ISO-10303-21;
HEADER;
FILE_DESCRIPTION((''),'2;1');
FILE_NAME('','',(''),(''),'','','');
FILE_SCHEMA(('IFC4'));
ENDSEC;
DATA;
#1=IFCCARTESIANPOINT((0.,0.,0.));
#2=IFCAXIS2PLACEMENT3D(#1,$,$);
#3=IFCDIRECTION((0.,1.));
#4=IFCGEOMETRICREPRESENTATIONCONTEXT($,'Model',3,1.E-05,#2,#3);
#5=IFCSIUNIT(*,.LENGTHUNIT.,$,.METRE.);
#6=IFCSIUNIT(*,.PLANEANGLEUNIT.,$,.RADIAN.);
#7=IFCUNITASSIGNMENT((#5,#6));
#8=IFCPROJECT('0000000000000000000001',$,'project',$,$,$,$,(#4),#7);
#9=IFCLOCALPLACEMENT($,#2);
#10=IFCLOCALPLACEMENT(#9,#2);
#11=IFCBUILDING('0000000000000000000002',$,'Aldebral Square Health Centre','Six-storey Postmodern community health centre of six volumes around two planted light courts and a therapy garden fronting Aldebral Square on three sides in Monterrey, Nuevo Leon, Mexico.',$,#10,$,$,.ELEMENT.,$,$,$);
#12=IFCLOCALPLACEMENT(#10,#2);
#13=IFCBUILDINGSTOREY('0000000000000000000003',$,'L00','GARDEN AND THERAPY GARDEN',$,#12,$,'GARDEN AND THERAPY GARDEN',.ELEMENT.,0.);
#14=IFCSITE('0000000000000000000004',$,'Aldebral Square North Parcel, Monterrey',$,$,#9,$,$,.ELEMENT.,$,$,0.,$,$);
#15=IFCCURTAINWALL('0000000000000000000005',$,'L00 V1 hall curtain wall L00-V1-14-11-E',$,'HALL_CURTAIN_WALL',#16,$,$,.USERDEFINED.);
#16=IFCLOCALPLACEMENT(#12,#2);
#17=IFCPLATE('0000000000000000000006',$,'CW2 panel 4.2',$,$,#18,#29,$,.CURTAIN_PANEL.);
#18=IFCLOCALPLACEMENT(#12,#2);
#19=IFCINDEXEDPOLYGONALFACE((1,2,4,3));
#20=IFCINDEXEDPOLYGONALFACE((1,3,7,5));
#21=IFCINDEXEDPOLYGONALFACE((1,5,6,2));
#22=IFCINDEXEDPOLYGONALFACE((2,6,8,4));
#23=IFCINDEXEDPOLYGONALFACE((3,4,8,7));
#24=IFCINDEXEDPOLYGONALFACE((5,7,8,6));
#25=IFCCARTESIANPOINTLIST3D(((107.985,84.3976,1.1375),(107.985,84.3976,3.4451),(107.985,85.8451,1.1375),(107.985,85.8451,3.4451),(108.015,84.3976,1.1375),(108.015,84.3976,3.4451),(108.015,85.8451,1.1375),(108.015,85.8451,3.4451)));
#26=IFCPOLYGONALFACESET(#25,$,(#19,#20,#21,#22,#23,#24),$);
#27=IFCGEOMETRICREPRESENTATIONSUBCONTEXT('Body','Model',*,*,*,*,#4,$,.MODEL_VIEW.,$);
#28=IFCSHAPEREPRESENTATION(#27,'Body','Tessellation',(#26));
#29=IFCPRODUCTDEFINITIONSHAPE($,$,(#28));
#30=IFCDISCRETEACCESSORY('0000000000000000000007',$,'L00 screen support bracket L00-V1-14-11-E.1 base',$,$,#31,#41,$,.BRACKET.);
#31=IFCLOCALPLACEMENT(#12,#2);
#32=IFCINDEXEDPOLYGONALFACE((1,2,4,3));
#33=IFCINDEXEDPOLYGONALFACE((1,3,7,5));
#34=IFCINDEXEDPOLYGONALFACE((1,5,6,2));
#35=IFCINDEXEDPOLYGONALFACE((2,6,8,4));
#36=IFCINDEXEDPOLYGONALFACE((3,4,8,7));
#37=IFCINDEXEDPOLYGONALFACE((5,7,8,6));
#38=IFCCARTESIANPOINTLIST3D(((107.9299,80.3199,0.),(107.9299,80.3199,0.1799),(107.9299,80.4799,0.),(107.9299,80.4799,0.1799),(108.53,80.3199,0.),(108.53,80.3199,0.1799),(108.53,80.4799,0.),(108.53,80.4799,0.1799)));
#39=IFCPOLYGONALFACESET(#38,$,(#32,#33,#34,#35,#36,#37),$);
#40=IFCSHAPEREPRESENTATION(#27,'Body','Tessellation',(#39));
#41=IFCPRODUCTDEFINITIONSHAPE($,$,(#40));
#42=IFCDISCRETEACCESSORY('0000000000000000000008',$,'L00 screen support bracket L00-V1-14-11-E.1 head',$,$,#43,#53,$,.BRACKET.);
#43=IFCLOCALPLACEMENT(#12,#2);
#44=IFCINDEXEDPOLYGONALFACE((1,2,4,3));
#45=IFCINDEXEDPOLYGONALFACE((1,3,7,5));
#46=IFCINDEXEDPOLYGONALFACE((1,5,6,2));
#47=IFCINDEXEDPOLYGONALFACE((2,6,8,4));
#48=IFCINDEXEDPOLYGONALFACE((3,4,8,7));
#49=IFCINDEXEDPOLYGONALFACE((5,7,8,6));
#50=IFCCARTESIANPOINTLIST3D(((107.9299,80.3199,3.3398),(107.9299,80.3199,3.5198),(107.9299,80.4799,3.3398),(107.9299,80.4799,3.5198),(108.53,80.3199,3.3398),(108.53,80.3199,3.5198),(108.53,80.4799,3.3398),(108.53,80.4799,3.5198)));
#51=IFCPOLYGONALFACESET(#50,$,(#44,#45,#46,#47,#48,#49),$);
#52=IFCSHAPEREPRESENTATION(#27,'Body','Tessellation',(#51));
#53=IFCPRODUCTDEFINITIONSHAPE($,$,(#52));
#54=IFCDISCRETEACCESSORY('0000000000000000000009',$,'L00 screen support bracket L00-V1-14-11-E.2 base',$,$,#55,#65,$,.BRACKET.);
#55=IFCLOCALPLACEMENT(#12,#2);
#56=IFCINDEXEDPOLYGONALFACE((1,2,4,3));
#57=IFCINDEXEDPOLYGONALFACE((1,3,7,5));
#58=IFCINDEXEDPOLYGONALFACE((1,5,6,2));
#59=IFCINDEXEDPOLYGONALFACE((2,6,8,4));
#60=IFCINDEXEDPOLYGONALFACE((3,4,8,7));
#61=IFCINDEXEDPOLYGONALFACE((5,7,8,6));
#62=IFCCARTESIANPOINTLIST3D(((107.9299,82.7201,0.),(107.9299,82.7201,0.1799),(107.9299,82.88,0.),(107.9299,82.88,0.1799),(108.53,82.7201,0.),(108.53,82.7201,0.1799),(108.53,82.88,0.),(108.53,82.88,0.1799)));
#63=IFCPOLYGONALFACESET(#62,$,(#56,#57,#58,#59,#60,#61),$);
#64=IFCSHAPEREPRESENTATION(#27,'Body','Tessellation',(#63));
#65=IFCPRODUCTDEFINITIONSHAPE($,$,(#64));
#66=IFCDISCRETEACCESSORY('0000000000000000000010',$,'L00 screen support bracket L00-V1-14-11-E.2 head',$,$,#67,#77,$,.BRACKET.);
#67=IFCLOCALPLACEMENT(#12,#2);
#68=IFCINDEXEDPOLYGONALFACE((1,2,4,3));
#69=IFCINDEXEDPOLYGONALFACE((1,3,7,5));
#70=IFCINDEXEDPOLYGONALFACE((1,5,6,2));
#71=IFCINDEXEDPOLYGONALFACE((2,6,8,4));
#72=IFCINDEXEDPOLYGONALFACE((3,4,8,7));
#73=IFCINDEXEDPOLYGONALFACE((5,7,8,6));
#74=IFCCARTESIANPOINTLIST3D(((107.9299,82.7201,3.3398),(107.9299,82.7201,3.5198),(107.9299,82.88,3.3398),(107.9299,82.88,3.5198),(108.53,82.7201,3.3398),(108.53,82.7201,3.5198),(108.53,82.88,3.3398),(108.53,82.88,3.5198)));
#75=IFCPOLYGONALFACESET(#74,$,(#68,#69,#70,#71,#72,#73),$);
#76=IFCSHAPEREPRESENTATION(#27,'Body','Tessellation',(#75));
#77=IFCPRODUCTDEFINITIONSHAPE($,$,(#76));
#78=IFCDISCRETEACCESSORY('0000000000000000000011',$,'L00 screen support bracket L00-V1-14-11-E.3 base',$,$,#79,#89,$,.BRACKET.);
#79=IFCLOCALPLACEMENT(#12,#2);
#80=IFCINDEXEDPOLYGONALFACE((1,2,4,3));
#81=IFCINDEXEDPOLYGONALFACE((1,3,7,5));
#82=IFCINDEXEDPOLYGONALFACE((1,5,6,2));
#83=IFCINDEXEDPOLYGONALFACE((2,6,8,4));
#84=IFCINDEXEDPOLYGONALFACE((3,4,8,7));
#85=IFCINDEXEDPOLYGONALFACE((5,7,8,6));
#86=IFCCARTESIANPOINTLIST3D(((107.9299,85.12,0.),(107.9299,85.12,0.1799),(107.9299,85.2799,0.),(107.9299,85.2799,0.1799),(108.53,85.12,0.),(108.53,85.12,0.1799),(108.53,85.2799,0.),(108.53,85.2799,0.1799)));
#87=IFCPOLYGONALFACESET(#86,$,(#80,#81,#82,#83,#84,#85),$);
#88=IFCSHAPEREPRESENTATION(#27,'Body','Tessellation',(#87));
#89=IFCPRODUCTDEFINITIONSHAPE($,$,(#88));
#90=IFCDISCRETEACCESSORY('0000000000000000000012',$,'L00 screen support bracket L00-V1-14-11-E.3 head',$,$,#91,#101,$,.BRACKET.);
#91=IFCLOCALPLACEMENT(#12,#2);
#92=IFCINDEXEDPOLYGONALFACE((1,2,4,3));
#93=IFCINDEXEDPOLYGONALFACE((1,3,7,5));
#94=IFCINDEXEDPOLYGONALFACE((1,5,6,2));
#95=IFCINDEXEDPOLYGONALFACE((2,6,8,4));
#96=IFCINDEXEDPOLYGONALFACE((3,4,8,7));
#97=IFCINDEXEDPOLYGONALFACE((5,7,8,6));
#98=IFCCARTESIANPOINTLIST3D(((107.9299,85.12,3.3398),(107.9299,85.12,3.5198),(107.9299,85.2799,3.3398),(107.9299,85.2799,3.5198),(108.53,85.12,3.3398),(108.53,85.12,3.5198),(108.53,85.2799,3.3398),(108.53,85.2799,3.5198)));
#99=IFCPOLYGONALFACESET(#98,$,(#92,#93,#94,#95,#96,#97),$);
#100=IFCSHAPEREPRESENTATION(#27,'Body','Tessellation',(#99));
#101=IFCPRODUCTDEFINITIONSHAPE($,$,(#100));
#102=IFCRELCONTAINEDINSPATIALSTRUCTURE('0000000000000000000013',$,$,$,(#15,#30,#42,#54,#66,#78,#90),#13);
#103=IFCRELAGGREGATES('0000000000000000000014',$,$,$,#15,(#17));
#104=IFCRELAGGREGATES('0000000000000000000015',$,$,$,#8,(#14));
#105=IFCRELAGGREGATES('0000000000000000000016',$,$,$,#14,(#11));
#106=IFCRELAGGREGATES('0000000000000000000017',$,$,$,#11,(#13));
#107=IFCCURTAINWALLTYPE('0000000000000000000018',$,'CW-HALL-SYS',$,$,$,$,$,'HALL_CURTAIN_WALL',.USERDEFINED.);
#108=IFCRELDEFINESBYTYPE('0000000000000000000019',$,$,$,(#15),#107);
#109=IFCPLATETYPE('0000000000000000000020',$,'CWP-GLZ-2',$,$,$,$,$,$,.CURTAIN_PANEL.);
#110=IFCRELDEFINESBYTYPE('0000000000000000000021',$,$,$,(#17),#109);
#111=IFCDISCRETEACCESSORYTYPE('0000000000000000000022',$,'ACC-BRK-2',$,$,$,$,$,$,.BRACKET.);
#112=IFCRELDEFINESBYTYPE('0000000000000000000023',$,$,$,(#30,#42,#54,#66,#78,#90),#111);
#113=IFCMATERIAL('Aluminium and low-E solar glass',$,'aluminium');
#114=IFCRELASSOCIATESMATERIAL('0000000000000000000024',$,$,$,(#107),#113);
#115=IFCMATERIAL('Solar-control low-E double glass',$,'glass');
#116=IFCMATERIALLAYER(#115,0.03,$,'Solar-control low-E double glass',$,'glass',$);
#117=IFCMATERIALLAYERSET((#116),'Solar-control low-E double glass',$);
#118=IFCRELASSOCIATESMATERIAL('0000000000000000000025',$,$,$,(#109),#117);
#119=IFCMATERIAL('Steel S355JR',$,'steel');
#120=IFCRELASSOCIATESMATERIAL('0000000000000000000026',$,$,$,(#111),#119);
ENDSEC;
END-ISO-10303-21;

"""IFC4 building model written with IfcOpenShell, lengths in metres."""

from ifc_helpers import new_model, si_unit, direction, frame, origin, origin_2d, place, context, subcontext, project, spatial, rectangle, extrude, material, layer, layer_set, type_object, element, aggregate, save


model = new_model("IFC4")

# Units and contexts
model_context = context("Model", 3, precision=1e-05, world=origin(), true_north=direction((0.0, 1.0)))
body_context = subcontext(model_context, "Body", "Model", "MODEL_VIEW")
ifc_project = project(units=[si_unit("LENGTHUNIT", "METRE"), si_unit("PLANEANGLEUNIT", "RADIAN")], contexts=[model_context])

# Site, building, storey
site_placement = place(None, origin())
site = spatial("IfcSite", under=ifc_project, at=site_placement, Name="Aldebral Square North Parcel, Monterrey", CompositionType="ELEMENT", RefElevation=0.0)
building_placement = place(site_placement, origin())
building = spatial("IfcBuilding", under=site, at=building_placement, Name="Aldebral Square Health Centre", Description="Six-storey Postmodern community health centre of six volumes around two planted light courts and a therapy garden fronting Aldebral Square on three sides in Monterrey, Nuevo Leon, Mexico.", CompositionType="ELEMENT")
storey_placement = place(building_placement, origin())
storey = spatial("IfcBuildingStorey", under=building, at=storey_placement, Name="L00", Description="GARDEN AND THERAPY GARDEN", LongName="GARDEN AND THERAPY GARDEN", CompositionType="ELEMENT", Elevation=0.0)

# Curtain wall, plate
ifc_material_1 = material(Name="Aluminium and low-E solar glass", Category="aluminium")
curtain_wall_type = type_object("IfcCurtainWallType", Name="CW-HALL-SYS", ElementType="HALL_CURTAIN_WALL", PredefinedType="USERDEFINED", material=ifc_material_1)
curtain_wall_placement = place(storey_placement, origin())
curtain_wall = element("IfcCurtainWall", 1, at=curtain_wall_placement, inside=storey, type_object=curtain_wall_type, Name="L00 V1 hall curtain wall L00-V1-14-11-E", ObjectType="HALL_CURTAIN_WALL", PredefinedType="USERDEFINED")
ifc_material_2 = material(Name="Solar-control low-E double glass", Category="glass")
ifc_layer_1 = layer(ifc_material_2, 0.03, Name="Solar-control low-E double glass", Category="glass")
ifc_layer_set_1 = layer_set([ifc_layer_1], Name="Solar-control low-E double glass")
plate_type = type_object("IfcPlateType", Name="CWP-GLZ-2", PredefinedType="CURTAIN_PANEL", material=ifc_layer_set_1)
plate_1_placement = place(storey_placement, frame((108.0, 85.1213, 1.1375), z_axis=(0.0, 0.0, 1.0), x_axis=(0.0, 1.0, 0.0)))
plate_1 = element("IfcPlate", 2, at=plate_1_placement, type_object=plate_type, Name="CW2 panel 4.2", PredefinedType="CURTAIN_PANEL", context=body_context, shape_type="SweptSolid", body=[
    extrude(rectangle(XDim=1.4475, YDim=0.03, at=origin_2d()), origin(), (0.0, 0.0, 1.0), 2.3076),
])
aggregate(curtain_wall, [plate_1])

# Discrete accessories
ifc_material_3 = material(Name="Steel S355JR", Category="steel")
discrete_accessory_type = type_object("IfcDiscreteAccessoryType", Name="ACC-BRK-2", PredefinedType="BRACKET", material=ifc_material_3)
for number, where, z_axis, x_axis, name in (
    (3, (108.23, 80.3999, 0.0), (0.0, 0.0, 1.0), (0.0, 1.0, 0.0), "L00 screen support bracket L00-V1-14-11-E.1 base"),
    (4, (108.23, 80.3999, 3.3398), (0.0, 0.0, 1.0), (0.0, 1.0, 0.0), "L00 screen support bracket L00-V1-14-11-E.1 head"),
    (5, (108.23, 82.8, 0.0), (0.0, 0.0, 1.0), (0.0, 1.0, 0.0), "L00 screen support bracket L00-V1-14-11-E.2 base"),
    (6, (108.23, 82.8, 3.3398), (0.0, 0.0, 1.0), (0.0, 1.0, 0.0), "L00 screen support bracket L00-V1-14-11-E.2 head"),
    (7, (108.23, 85.2, 0.0), (0.0, 0.0, 1.0), (0.0, 1.0, 0.0), "L00 screen support bracket L00-V1-14-11-E.3 base"),
    (8, (108.23, 85.2, 3.3398), (0.0, 0.0, 1.0), (0.0, 1.0, 0.0), "L00 screen support bracket L00-V1-14-11-E.3 head"),
):
    element("IfcDiscreteAccessory", number, at=place(storey_placement, frame(where, z_axis=z_axis, x_axis=x_axis)), inside=storey, type_object=discrete_accessory_type, Name=name, PredefinedType="BRACKET", context=body_context, shape_type="SweptSolid", body=[
        extrude(rectangle(XDim=0.1599, YDim=0.6001, at=origin_2d()), origin(), (0.0, 0.0, 1.0), 0.1799),
    ])

save(model, "model.ifc")
